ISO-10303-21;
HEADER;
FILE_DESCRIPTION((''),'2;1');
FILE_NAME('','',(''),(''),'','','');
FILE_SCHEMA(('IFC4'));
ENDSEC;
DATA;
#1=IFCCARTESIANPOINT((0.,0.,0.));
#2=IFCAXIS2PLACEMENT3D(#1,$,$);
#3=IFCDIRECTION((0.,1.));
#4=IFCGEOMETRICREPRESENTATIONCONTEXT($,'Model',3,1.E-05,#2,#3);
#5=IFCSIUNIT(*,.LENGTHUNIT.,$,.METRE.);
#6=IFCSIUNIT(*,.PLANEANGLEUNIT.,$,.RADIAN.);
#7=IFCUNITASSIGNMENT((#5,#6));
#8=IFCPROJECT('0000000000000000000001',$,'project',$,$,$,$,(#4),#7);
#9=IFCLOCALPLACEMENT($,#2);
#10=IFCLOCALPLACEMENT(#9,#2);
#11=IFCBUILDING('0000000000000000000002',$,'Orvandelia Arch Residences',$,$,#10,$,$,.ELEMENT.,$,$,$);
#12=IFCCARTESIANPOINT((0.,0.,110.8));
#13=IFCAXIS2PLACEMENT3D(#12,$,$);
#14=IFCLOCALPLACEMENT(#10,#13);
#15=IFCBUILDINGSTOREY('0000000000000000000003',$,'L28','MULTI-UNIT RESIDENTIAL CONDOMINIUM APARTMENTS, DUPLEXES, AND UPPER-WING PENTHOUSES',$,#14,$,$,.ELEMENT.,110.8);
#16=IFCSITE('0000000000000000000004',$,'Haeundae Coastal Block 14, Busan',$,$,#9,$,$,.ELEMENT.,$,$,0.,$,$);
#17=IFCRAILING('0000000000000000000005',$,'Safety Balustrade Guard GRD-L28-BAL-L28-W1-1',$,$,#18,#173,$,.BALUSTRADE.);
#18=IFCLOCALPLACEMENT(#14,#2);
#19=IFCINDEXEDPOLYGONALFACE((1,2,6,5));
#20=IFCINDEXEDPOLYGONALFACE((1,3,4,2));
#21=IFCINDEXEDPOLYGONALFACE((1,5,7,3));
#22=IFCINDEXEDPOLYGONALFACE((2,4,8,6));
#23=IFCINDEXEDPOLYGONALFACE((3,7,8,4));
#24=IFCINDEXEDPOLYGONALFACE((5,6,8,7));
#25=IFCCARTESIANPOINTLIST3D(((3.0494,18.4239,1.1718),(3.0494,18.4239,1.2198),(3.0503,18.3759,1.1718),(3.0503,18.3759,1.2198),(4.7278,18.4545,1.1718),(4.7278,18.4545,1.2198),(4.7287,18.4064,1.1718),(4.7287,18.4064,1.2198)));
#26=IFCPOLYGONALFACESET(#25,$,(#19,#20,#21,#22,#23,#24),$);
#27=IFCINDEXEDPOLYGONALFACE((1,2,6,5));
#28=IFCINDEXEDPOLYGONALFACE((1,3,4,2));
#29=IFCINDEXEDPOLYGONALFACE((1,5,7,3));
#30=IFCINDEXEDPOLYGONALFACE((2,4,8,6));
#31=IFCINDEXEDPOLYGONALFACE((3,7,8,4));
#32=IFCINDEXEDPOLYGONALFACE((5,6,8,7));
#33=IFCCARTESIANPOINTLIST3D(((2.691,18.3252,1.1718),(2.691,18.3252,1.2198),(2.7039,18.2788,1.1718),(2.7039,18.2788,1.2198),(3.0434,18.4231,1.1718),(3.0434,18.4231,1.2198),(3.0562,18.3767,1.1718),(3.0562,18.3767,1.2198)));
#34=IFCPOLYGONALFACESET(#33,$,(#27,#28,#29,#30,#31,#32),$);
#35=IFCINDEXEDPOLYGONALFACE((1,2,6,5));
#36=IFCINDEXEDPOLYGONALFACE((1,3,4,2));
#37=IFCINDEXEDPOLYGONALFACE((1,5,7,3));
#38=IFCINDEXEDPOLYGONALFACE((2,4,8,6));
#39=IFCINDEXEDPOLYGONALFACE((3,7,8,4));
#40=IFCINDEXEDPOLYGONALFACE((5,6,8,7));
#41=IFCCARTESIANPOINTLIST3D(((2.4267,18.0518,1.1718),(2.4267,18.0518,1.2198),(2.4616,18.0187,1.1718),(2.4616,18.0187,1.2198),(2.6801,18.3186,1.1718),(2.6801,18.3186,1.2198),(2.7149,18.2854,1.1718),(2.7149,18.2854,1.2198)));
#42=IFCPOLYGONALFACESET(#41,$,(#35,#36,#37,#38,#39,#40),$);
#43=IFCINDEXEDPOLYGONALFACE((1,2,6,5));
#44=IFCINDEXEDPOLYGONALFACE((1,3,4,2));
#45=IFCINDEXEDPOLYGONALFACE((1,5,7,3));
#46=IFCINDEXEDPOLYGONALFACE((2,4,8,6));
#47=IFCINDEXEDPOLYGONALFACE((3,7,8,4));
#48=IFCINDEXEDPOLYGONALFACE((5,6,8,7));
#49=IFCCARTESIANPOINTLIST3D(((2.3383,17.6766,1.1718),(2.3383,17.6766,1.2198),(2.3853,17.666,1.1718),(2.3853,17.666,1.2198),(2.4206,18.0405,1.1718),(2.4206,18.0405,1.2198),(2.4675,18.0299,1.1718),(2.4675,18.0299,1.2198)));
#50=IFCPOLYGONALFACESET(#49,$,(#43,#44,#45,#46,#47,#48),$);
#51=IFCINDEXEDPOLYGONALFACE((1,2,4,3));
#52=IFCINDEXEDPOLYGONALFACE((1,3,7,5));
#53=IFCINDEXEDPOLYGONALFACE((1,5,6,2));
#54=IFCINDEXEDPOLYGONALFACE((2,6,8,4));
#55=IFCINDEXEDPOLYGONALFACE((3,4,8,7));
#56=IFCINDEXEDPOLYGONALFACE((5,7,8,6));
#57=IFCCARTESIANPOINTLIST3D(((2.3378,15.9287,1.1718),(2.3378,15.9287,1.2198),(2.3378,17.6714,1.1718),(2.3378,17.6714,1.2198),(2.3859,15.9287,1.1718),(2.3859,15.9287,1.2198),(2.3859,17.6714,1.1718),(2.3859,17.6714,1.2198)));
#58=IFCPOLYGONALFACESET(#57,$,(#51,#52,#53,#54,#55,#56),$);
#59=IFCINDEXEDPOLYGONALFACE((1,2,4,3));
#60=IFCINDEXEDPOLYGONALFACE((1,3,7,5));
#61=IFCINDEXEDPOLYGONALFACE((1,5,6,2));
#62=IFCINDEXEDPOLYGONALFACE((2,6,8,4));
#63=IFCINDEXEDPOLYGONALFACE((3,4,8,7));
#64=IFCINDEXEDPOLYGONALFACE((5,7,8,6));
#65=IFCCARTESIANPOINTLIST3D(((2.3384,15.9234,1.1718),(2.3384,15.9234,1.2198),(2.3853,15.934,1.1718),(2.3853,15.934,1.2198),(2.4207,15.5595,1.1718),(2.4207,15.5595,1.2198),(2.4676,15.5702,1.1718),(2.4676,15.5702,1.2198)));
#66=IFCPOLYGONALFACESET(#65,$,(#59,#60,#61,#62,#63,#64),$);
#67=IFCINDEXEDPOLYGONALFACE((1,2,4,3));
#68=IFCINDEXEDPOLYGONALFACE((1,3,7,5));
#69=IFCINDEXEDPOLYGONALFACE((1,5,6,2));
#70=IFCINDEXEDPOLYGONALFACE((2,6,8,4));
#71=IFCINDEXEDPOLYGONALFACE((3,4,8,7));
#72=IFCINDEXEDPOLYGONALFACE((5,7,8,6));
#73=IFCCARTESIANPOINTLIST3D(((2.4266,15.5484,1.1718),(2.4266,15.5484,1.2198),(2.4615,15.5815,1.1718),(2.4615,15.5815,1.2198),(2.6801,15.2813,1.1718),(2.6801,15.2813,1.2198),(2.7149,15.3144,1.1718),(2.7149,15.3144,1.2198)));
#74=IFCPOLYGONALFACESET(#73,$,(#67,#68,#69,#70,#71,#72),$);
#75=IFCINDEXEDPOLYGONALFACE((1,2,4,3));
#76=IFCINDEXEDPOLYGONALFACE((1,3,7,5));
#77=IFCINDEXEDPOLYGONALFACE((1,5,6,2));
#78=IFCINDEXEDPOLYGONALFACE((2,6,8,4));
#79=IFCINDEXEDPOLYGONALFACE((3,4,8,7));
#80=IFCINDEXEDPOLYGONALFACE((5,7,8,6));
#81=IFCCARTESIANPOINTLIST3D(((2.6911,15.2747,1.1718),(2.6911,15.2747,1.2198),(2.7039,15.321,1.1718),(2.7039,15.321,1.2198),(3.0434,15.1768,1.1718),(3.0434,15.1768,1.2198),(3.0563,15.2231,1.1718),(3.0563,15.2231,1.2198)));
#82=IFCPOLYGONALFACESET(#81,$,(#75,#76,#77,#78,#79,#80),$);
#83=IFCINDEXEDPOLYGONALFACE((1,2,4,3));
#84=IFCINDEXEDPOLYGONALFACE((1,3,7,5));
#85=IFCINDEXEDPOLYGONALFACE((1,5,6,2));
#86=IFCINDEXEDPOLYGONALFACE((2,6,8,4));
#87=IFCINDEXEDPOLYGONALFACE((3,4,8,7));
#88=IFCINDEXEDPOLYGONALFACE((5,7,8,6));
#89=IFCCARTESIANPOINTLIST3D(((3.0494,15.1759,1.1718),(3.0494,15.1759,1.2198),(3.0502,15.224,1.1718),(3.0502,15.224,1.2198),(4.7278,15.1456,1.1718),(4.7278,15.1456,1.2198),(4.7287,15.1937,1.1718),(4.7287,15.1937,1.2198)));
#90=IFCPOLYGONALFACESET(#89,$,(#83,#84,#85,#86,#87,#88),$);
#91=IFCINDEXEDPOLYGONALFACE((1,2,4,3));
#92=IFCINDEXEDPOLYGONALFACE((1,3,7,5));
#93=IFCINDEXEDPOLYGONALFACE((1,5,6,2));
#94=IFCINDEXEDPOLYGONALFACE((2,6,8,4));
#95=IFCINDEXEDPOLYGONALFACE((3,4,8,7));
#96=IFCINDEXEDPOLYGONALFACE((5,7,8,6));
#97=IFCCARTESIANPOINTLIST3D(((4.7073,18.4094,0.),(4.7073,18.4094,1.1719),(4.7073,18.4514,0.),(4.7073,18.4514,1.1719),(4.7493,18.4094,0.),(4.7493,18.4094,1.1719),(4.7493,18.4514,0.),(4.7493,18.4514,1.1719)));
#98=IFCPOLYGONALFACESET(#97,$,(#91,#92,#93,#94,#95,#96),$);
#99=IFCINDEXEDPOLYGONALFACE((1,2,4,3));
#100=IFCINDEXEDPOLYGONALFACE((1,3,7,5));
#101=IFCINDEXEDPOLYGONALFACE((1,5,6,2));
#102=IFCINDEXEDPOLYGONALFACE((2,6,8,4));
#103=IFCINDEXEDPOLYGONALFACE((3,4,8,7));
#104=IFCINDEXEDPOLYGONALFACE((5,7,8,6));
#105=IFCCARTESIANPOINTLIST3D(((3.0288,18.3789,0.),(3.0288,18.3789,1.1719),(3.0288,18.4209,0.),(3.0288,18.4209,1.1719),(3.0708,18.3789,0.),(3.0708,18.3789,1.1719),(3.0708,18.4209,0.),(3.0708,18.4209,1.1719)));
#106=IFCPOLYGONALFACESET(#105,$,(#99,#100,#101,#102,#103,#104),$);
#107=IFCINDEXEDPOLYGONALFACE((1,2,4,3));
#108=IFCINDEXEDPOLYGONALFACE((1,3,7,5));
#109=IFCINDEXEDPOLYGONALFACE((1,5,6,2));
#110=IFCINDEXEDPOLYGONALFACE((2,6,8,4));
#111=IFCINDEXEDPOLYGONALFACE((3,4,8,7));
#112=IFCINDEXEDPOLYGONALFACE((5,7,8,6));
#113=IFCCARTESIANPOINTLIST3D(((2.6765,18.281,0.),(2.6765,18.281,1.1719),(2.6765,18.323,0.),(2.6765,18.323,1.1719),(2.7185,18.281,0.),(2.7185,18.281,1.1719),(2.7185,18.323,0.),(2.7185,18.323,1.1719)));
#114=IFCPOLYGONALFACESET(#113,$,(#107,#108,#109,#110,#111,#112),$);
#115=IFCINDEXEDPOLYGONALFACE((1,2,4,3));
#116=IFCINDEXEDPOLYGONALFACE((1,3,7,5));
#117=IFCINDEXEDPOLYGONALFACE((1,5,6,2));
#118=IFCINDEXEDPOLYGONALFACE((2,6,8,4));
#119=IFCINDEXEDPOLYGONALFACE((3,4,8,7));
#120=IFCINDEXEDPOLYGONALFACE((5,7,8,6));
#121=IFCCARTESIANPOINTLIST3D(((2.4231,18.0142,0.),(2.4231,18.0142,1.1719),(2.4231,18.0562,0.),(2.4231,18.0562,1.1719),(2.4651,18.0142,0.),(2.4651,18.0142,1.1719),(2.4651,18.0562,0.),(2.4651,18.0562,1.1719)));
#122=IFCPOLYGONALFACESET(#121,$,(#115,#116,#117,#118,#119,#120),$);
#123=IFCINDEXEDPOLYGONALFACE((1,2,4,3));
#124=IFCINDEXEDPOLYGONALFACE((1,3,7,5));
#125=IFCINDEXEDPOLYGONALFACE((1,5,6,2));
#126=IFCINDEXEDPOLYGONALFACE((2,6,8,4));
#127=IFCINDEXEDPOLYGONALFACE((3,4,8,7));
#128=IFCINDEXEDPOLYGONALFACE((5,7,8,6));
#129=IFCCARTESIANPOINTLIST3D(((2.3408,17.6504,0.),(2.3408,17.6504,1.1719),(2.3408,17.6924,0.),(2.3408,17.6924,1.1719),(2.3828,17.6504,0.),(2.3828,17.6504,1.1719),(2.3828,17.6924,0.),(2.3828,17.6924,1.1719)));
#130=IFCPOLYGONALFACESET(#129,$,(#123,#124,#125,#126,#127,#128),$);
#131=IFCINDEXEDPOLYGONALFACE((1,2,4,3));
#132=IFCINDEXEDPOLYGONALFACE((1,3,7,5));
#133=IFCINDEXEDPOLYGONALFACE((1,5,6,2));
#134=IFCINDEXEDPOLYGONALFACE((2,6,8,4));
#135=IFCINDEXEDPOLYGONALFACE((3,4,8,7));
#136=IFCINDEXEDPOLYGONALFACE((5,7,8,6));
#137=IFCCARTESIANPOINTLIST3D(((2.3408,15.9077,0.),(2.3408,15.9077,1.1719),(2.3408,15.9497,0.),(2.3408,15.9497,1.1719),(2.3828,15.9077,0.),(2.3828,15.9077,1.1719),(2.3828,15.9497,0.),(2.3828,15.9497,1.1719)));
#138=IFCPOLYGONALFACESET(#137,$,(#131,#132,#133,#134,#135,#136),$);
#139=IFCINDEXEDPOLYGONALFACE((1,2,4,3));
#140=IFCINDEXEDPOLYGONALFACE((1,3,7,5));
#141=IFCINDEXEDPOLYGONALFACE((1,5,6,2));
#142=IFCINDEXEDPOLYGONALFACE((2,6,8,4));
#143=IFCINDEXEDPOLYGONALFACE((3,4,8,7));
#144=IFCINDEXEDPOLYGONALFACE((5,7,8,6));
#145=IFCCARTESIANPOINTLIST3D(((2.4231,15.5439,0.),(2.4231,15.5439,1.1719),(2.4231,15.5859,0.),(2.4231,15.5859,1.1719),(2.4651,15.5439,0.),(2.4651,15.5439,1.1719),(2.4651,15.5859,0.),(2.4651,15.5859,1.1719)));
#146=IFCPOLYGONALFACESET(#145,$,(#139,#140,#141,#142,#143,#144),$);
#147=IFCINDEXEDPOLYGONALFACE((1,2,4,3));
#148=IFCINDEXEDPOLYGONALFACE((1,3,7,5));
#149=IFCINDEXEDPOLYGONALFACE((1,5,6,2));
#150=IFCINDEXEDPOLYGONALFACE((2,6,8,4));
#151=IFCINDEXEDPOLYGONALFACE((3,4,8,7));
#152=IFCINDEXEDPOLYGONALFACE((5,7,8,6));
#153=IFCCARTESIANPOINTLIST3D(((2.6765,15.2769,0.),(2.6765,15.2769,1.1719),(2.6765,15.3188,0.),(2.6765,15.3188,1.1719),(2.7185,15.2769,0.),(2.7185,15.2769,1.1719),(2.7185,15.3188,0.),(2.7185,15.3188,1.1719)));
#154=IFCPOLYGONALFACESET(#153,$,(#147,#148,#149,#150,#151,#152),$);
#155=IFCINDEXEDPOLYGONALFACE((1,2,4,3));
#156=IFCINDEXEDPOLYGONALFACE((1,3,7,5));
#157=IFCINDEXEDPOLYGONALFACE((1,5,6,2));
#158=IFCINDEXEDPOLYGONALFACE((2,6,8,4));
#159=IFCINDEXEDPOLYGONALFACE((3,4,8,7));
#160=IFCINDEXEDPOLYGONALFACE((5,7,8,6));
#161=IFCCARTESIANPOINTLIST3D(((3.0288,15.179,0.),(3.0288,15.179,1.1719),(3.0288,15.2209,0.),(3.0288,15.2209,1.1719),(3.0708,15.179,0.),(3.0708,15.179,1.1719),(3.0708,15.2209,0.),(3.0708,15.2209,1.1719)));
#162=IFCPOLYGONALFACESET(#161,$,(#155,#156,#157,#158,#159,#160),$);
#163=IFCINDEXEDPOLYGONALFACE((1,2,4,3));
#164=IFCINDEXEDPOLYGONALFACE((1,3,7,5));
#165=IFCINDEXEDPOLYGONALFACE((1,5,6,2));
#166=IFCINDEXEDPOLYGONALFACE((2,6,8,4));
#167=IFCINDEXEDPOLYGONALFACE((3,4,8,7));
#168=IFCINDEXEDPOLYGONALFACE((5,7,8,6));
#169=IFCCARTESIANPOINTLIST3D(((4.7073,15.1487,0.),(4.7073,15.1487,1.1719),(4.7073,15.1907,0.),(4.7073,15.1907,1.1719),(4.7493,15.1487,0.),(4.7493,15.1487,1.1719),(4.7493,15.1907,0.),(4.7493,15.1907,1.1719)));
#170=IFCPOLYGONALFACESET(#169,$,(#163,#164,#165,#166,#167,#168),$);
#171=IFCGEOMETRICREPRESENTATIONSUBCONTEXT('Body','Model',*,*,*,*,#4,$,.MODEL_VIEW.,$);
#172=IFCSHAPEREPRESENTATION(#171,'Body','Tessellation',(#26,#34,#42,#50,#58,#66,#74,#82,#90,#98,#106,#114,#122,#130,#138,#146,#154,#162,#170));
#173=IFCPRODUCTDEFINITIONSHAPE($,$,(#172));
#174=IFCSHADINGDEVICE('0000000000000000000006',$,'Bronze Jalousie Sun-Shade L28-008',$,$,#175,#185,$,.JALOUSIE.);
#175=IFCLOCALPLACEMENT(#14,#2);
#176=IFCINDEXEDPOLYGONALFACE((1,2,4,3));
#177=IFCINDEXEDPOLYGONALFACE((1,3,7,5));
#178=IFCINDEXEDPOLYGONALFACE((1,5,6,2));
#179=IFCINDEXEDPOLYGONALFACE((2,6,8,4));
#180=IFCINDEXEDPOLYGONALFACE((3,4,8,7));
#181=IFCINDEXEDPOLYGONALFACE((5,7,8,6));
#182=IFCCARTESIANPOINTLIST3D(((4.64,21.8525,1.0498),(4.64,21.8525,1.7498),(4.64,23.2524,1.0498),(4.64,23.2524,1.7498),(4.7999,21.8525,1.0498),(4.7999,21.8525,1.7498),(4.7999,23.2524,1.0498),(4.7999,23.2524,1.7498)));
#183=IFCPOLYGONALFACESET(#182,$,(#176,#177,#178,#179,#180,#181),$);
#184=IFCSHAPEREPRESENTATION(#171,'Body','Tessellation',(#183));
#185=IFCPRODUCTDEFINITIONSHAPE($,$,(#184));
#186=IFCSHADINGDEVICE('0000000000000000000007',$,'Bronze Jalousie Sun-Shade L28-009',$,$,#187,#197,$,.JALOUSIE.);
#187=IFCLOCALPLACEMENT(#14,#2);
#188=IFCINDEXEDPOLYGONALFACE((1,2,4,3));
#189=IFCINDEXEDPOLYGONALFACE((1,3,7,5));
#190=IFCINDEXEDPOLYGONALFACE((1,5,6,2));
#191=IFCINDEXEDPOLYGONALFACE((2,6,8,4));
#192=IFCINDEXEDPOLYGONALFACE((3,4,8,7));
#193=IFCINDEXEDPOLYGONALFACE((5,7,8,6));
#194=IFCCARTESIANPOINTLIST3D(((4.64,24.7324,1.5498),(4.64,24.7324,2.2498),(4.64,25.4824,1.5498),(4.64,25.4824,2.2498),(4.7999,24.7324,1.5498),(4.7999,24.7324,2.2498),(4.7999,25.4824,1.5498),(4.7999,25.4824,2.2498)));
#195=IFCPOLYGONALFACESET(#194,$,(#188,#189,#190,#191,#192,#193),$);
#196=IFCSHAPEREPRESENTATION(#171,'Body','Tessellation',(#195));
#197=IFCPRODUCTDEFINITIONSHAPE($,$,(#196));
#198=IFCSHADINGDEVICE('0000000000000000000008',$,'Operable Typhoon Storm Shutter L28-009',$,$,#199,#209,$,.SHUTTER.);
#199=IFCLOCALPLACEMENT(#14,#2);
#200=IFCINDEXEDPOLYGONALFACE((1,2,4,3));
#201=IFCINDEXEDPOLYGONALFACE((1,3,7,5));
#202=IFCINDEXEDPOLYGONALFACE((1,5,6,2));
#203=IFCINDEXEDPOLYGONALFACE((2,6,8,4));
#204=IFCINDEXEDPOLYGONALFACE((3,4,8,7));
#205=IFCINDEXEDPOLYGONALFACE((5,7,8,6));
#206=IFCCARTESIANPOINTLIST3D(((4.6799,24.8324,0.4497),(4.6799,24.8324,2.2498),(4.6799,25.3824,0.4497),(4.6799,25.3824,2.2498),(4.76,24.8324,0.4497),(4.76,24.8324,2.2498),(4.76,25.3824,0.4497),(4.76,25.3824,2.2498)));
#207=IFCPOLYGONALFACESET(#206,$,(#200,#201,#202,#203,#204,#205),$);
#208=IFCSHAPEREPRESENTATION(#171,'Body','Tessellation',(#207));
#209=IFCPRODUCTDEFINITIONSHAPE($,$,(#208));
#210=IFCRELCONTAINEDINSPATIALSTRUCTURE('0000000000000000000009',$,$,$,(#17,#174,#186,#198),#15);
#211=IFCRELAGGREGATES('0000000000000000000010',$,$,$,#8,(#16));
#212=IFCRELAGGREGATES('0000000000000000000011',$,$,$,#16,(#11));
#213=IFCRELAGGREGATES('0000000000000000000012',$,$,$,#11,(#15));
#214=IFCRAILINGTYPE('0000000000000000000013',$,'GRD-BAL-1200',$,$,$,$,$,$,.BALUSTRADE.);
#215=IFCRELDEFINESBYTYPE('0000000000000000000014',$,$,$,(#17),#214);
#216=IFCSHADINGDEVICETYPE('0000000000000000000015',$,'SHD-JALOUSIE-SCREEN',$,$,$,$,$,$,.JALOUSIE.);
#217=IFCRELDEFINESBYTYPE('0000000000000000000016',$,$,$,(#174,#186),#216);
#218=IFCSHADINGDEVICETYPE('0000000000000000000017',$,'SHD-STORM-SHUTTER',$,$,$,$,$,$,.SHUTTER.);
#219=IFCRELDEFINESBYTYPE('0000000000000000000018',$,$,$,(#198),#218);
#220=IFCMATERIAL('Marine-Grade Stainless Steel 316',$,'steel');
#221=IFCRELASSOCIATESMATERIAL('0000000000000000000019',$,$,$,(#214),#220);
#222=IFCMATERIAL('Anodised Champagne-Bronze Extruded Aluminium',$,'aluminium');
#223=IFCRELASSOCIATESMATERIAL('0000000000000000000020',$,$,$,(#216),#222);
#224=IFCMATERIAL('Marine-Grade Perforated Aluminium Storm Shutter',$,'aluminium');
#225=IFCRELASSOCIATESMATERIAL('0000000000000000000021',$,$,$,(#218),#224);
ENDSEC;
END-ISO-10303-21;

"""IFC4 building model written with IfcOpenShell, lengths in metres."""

from ifc_helpers import new_model, si_unit, direction, frame, origin, origin_2d, place, context, subcontext, project, spatial, rectangle, extrude, material, type_object, element, save


model = new_model("IFC4")

# Units and contexts
model_context = context("Model", 3, precision=1e-05, world=origin(), true_north=direction((0.0, 1.0)))
body_context = subcontext(model_context, "Body", "Model", "MODEL_VIEW")
ifc_project = project(units=[si_unit("LENGTHUNIT", "METRE"), si_unit("PLANEANGLEUNIT", "RADIAN")], contexts=[model_context])

# Site, building, storey
site_placement = place(None, origin())
site = spatial("IfcSite", under=ifc_project, at=site_placement, Name="Haeundae Coastal Block 14, Busan", CompositionType="ELEMENT", RefElevation=0.0)
building_placement = place(site_placement, origin())
building = spatial("IfcBuilding", under=site, at=building_placement, Name="Orvandelia Arch Residences", CompositionType="ELEMENT")
storey_placement = place(building_placement, frame((0.0, 0.0, 110.8)))
storey = spatial("IfcBuildingStorey", under=building, at=storey_placement, Name="L28", Description="MULTI-UNIT RESIDENTIAL CONDOMINIUM APARTMENTS, DUPLEXES, AND UPPER-WING PENTHOUSES", CompositionType="ELEMENT", Elevation=110.8)

# Railing
ifc_material_1 = material(Name="Marine-Grade Stainless Steel 316", Category="steel")
railing_type = type_object("IfcRailingType", Name="GRD-BAL-1200", PredefinedType="BALUSTRADE", material=ifc_material_1)
railing_placement = place(storey_placement, frame((4.7283, 18.4304, 0.0)))
element("IfcRailing", 1, at=railing_placement, inside=storey, type_object=railing_type, Name="Safety Balustrade Guard GRD-L28-BAL-L28-W1-1", PredefinedType="BALUSTRADE", context=body_context, shape_type="SweptSolid", body=[
    extrude(rectangle(XDim=0.0481, YDim=0.0481, at=origin_2d()), frame((0.0, 0.0, 1.1958), z_axis=(-0.999835, -0.018179, 0.0), x_axis=(0.018179, -0.999835, 0.0)), (0.0, 0.0, 1.0), 1.6787),
    extrude(rectangle(XDim=0.0481, YDim=0.0481, at=origin_2d()), frame((-1.6785, -0.0305, 1.1958), z_axis=(-0.963489, -0.267747, 0.0), x_axis=(0.267747, -0.963489, 0.0)), (0.0, 0.0, 1.0), 0.3657),
    extrude(rectangle(XDim=0.0481, YDim=0.0481, at=origin_2d()), frame((-2.0308, -0.1284, 1.1958), z_axis=(-0.688627, -0.725115, 0.0), x_axis=(0.725115, -0.688627, 0.0)), (0.0, 0.0, 1.0), 0.3679),
    extrude(rectangle(XDim=0.0481, YDim=0.0481, at=origin_2d()), frame((-2.2842, -0.3953, 1.1958), z_axis=(-0.220602, -0.975364, 0.0), x_axis=(0.975364, -0.220602, 0.0)), (0.0, 0.0, 1.0), 0.373),
    extrude(rectangle(XDim=0.0481, YDim=0.0481, at=origin_2d()), frame((-2.3665, -0.759, 1.1958), z_axis=(0.0, -1.0, 0.0), x_axis=(1.0, 0.0, 0.0)), (0.0, 0.0, 1.0), 1.7427),
    extrude(rectangle(XDim=0.0481, YDim=0.0481, at=origin_2d()), frame((-2.3665, -2.5017, 1.1958), z_axis=(0.220602, -0.975364, 0.0), x_axis=(0.975364, 0.220602, 0.0)), (0.0, 0.0, 1.0), 0.373),
    extrude(rectangle(XDim=0.0481, YDim=0.0481, at=origin_2d()), frame((-2.2842, -2.8655, 1.1958), z_axis=(0.688296, -0.72543, 0.0), x_axis=(0.72543, 0.688296, 0.0)), (0.0, 0.0, 1.0), 0.3682),
    extrude(rectangle(XDim=0.0481, YDim=0.0481, at=origin_2d()), frame((-2.0308, -3.1326, 1.1958), z_axis=(0.963489, -0.267747, 0.0), x_axis=(0.267747, 0.963489, 0.0)), (0.0, 0.0, 1.0), 0.3657),
    extrude(rectangle(XDim=0.0481, YDim=0.0481, at=origin_2d()), frame((-1.6785, -3.2305, 1.1958), z_axis=(0.999837, -0.018033, 0.0), x_axis=(0.018033, 0.999837, 0.0)), (0.0, 0.0, 1.0), 1.6787),
    extrude(rectangle(XDim=0.042, YDim=0.042, at=origin_2d()), origin(), (0.0, 0.0, 1.0), 1.1719),
    extrude(rectangle(XDim=0.042, YDim=0.042, at=origin_2d()), frame((-1.6785, -0.0305, 0.0)), (0.0, 0.0, 1.0), 1.1719),
    extrude(rectangle(XDim=0.042, YDim=0.042, at=origin_2d()), frame((-2.0308, -0.1284, 0.0)), (0.0, 0.0, 1.0), 1.1719),
    extrude(rectangle(XDim=0.042, YDim=0.042, at=origin_2d()), frame((-2.2842, -0.3953, 0.0)), (0.0, 0.0, 1.0), 1.1719),
    extrude(rectangle(XDim=0.042, YDim=0.042, at=origin_2d()), frame((-2.3665, -0.759, 0.0)), (0.0, 0.0, 1.0), 1.1719),
    extrude(rectangle(XDim=0.042, YDim=0.042, at=origin_2d()), frame((-2.3665, -2.5017, 0.0)), (0.0, 0.0, 1.0), 1.1719),
    extrude(rectangle(XDim=0.042, YDim=0.042, at=origin_2d()), frame((-2.2842, -2.8655, 0.0)), (0.0, 0.0, 1.0), 1.1719),
    extrude(rectangle(XDim=0.042, YDim=0.042, at=origin_2d()), frame((-2.0308, -3.1326, 0.0)), (0.0, 0.0, 1.0), 1.1719),
    extrude(rectangle(XDim=0.042, YDim=0.042, at=origin_2d()), frame((-1.6785, -3.2305, 0.0)), (0.0, 0.0, 1.0), 1.1719),
    extrude(rectangle(XDim=0.042, YDim=0.042, at=origin_2d()), frame((0.0, -3.2607, 0.0)), (0.0, 0.0, 1.0), 1.1719),
])

# Shading devices
ifc_material_2 = material(Name="Anodised Champagne-Bronze Extruded Aluminium", Category="aluminium")
shading_device_type_1 = type_object("IfcShadingDeviceType", Name="SHD-JALOUSIE-SCREEN", PredefinedType="JALOUSIE", material=ifc_material_2)
shading_device_1_placement = place(storey_placement, frame((4.72, 22.5525, 1.0498), z_axis=(0.0, 0.0, 1.0), x_axis=(0.0, 1.0, 0.0)))
element("IfcShadingDevice", 2, at=shading_device_1_placement, inside=storey, type_object=shading_device_type_1, Name="Bronze Jalousie Sun-Shade L28-008", PredefinedType="JALOUSIE", context=body_context, shape_type="SweptSolid", body=[
    extrude(rectangle(XDim=1.3999, YDim=0.1599, at=origin_2d()), origin(), (0.0, 0.0, 1.0), 0.7),
])
shading_device_2_placement = place(storey_placement, frame((4.72, 25.1074, 1.5498), z_axis=(0.0, 0.0, 1.0), x_axis=(0.0, 1.0, 0.0)))
element("IfcShadingDevice", 3, at=shading_device_2_placement, inside=storey, type_object=shading_device_type_1, Name="Bronze Jalousie Sun-Shade L28-009", PredefinedType="JALOUSIE", context=body_context, shape_type="SweptSolid", body=[
    extrude(rectangle(XDim=0.75, YDim=0.1599, at=origin_2d()), origin(), (0.0, 0.0, 1.0), 0.7),
])
ifc_material_3 = material(Name="Marine-Grade Perforated Aluminium Storm Shutter", Category="aluminium")
shading_device_type_2 = type_object("IfcShadingDeviceType", Name="SHD-STORM-SHUTTER", PredefinedType="SHUTTER", material=ifc_material_3)
shading_device_3_placement = place(storey_placement, frame((4.72, 25.1074, 0.4497), z_axis=(0.0, 0.0, 1.0), x_axis=(0.0, 1.0, 0.0)))
element("IfcShadingDevice", 4, at=shading_device_3_placement, inside=storey, type_object=shading_device_type_2, Name="Operable Typhoon Storm Shutter L28-009", PredefinedType="SHUTTER", context=body_context, shape_type="SweptSolid", body=[
    extrude(rectangle(XDim=0.55, YDim=0.0801, at=origin_2d()), origin(), (0.0, 0.0, 1.0), 1.8),
])

save(model, "model.ifc")
